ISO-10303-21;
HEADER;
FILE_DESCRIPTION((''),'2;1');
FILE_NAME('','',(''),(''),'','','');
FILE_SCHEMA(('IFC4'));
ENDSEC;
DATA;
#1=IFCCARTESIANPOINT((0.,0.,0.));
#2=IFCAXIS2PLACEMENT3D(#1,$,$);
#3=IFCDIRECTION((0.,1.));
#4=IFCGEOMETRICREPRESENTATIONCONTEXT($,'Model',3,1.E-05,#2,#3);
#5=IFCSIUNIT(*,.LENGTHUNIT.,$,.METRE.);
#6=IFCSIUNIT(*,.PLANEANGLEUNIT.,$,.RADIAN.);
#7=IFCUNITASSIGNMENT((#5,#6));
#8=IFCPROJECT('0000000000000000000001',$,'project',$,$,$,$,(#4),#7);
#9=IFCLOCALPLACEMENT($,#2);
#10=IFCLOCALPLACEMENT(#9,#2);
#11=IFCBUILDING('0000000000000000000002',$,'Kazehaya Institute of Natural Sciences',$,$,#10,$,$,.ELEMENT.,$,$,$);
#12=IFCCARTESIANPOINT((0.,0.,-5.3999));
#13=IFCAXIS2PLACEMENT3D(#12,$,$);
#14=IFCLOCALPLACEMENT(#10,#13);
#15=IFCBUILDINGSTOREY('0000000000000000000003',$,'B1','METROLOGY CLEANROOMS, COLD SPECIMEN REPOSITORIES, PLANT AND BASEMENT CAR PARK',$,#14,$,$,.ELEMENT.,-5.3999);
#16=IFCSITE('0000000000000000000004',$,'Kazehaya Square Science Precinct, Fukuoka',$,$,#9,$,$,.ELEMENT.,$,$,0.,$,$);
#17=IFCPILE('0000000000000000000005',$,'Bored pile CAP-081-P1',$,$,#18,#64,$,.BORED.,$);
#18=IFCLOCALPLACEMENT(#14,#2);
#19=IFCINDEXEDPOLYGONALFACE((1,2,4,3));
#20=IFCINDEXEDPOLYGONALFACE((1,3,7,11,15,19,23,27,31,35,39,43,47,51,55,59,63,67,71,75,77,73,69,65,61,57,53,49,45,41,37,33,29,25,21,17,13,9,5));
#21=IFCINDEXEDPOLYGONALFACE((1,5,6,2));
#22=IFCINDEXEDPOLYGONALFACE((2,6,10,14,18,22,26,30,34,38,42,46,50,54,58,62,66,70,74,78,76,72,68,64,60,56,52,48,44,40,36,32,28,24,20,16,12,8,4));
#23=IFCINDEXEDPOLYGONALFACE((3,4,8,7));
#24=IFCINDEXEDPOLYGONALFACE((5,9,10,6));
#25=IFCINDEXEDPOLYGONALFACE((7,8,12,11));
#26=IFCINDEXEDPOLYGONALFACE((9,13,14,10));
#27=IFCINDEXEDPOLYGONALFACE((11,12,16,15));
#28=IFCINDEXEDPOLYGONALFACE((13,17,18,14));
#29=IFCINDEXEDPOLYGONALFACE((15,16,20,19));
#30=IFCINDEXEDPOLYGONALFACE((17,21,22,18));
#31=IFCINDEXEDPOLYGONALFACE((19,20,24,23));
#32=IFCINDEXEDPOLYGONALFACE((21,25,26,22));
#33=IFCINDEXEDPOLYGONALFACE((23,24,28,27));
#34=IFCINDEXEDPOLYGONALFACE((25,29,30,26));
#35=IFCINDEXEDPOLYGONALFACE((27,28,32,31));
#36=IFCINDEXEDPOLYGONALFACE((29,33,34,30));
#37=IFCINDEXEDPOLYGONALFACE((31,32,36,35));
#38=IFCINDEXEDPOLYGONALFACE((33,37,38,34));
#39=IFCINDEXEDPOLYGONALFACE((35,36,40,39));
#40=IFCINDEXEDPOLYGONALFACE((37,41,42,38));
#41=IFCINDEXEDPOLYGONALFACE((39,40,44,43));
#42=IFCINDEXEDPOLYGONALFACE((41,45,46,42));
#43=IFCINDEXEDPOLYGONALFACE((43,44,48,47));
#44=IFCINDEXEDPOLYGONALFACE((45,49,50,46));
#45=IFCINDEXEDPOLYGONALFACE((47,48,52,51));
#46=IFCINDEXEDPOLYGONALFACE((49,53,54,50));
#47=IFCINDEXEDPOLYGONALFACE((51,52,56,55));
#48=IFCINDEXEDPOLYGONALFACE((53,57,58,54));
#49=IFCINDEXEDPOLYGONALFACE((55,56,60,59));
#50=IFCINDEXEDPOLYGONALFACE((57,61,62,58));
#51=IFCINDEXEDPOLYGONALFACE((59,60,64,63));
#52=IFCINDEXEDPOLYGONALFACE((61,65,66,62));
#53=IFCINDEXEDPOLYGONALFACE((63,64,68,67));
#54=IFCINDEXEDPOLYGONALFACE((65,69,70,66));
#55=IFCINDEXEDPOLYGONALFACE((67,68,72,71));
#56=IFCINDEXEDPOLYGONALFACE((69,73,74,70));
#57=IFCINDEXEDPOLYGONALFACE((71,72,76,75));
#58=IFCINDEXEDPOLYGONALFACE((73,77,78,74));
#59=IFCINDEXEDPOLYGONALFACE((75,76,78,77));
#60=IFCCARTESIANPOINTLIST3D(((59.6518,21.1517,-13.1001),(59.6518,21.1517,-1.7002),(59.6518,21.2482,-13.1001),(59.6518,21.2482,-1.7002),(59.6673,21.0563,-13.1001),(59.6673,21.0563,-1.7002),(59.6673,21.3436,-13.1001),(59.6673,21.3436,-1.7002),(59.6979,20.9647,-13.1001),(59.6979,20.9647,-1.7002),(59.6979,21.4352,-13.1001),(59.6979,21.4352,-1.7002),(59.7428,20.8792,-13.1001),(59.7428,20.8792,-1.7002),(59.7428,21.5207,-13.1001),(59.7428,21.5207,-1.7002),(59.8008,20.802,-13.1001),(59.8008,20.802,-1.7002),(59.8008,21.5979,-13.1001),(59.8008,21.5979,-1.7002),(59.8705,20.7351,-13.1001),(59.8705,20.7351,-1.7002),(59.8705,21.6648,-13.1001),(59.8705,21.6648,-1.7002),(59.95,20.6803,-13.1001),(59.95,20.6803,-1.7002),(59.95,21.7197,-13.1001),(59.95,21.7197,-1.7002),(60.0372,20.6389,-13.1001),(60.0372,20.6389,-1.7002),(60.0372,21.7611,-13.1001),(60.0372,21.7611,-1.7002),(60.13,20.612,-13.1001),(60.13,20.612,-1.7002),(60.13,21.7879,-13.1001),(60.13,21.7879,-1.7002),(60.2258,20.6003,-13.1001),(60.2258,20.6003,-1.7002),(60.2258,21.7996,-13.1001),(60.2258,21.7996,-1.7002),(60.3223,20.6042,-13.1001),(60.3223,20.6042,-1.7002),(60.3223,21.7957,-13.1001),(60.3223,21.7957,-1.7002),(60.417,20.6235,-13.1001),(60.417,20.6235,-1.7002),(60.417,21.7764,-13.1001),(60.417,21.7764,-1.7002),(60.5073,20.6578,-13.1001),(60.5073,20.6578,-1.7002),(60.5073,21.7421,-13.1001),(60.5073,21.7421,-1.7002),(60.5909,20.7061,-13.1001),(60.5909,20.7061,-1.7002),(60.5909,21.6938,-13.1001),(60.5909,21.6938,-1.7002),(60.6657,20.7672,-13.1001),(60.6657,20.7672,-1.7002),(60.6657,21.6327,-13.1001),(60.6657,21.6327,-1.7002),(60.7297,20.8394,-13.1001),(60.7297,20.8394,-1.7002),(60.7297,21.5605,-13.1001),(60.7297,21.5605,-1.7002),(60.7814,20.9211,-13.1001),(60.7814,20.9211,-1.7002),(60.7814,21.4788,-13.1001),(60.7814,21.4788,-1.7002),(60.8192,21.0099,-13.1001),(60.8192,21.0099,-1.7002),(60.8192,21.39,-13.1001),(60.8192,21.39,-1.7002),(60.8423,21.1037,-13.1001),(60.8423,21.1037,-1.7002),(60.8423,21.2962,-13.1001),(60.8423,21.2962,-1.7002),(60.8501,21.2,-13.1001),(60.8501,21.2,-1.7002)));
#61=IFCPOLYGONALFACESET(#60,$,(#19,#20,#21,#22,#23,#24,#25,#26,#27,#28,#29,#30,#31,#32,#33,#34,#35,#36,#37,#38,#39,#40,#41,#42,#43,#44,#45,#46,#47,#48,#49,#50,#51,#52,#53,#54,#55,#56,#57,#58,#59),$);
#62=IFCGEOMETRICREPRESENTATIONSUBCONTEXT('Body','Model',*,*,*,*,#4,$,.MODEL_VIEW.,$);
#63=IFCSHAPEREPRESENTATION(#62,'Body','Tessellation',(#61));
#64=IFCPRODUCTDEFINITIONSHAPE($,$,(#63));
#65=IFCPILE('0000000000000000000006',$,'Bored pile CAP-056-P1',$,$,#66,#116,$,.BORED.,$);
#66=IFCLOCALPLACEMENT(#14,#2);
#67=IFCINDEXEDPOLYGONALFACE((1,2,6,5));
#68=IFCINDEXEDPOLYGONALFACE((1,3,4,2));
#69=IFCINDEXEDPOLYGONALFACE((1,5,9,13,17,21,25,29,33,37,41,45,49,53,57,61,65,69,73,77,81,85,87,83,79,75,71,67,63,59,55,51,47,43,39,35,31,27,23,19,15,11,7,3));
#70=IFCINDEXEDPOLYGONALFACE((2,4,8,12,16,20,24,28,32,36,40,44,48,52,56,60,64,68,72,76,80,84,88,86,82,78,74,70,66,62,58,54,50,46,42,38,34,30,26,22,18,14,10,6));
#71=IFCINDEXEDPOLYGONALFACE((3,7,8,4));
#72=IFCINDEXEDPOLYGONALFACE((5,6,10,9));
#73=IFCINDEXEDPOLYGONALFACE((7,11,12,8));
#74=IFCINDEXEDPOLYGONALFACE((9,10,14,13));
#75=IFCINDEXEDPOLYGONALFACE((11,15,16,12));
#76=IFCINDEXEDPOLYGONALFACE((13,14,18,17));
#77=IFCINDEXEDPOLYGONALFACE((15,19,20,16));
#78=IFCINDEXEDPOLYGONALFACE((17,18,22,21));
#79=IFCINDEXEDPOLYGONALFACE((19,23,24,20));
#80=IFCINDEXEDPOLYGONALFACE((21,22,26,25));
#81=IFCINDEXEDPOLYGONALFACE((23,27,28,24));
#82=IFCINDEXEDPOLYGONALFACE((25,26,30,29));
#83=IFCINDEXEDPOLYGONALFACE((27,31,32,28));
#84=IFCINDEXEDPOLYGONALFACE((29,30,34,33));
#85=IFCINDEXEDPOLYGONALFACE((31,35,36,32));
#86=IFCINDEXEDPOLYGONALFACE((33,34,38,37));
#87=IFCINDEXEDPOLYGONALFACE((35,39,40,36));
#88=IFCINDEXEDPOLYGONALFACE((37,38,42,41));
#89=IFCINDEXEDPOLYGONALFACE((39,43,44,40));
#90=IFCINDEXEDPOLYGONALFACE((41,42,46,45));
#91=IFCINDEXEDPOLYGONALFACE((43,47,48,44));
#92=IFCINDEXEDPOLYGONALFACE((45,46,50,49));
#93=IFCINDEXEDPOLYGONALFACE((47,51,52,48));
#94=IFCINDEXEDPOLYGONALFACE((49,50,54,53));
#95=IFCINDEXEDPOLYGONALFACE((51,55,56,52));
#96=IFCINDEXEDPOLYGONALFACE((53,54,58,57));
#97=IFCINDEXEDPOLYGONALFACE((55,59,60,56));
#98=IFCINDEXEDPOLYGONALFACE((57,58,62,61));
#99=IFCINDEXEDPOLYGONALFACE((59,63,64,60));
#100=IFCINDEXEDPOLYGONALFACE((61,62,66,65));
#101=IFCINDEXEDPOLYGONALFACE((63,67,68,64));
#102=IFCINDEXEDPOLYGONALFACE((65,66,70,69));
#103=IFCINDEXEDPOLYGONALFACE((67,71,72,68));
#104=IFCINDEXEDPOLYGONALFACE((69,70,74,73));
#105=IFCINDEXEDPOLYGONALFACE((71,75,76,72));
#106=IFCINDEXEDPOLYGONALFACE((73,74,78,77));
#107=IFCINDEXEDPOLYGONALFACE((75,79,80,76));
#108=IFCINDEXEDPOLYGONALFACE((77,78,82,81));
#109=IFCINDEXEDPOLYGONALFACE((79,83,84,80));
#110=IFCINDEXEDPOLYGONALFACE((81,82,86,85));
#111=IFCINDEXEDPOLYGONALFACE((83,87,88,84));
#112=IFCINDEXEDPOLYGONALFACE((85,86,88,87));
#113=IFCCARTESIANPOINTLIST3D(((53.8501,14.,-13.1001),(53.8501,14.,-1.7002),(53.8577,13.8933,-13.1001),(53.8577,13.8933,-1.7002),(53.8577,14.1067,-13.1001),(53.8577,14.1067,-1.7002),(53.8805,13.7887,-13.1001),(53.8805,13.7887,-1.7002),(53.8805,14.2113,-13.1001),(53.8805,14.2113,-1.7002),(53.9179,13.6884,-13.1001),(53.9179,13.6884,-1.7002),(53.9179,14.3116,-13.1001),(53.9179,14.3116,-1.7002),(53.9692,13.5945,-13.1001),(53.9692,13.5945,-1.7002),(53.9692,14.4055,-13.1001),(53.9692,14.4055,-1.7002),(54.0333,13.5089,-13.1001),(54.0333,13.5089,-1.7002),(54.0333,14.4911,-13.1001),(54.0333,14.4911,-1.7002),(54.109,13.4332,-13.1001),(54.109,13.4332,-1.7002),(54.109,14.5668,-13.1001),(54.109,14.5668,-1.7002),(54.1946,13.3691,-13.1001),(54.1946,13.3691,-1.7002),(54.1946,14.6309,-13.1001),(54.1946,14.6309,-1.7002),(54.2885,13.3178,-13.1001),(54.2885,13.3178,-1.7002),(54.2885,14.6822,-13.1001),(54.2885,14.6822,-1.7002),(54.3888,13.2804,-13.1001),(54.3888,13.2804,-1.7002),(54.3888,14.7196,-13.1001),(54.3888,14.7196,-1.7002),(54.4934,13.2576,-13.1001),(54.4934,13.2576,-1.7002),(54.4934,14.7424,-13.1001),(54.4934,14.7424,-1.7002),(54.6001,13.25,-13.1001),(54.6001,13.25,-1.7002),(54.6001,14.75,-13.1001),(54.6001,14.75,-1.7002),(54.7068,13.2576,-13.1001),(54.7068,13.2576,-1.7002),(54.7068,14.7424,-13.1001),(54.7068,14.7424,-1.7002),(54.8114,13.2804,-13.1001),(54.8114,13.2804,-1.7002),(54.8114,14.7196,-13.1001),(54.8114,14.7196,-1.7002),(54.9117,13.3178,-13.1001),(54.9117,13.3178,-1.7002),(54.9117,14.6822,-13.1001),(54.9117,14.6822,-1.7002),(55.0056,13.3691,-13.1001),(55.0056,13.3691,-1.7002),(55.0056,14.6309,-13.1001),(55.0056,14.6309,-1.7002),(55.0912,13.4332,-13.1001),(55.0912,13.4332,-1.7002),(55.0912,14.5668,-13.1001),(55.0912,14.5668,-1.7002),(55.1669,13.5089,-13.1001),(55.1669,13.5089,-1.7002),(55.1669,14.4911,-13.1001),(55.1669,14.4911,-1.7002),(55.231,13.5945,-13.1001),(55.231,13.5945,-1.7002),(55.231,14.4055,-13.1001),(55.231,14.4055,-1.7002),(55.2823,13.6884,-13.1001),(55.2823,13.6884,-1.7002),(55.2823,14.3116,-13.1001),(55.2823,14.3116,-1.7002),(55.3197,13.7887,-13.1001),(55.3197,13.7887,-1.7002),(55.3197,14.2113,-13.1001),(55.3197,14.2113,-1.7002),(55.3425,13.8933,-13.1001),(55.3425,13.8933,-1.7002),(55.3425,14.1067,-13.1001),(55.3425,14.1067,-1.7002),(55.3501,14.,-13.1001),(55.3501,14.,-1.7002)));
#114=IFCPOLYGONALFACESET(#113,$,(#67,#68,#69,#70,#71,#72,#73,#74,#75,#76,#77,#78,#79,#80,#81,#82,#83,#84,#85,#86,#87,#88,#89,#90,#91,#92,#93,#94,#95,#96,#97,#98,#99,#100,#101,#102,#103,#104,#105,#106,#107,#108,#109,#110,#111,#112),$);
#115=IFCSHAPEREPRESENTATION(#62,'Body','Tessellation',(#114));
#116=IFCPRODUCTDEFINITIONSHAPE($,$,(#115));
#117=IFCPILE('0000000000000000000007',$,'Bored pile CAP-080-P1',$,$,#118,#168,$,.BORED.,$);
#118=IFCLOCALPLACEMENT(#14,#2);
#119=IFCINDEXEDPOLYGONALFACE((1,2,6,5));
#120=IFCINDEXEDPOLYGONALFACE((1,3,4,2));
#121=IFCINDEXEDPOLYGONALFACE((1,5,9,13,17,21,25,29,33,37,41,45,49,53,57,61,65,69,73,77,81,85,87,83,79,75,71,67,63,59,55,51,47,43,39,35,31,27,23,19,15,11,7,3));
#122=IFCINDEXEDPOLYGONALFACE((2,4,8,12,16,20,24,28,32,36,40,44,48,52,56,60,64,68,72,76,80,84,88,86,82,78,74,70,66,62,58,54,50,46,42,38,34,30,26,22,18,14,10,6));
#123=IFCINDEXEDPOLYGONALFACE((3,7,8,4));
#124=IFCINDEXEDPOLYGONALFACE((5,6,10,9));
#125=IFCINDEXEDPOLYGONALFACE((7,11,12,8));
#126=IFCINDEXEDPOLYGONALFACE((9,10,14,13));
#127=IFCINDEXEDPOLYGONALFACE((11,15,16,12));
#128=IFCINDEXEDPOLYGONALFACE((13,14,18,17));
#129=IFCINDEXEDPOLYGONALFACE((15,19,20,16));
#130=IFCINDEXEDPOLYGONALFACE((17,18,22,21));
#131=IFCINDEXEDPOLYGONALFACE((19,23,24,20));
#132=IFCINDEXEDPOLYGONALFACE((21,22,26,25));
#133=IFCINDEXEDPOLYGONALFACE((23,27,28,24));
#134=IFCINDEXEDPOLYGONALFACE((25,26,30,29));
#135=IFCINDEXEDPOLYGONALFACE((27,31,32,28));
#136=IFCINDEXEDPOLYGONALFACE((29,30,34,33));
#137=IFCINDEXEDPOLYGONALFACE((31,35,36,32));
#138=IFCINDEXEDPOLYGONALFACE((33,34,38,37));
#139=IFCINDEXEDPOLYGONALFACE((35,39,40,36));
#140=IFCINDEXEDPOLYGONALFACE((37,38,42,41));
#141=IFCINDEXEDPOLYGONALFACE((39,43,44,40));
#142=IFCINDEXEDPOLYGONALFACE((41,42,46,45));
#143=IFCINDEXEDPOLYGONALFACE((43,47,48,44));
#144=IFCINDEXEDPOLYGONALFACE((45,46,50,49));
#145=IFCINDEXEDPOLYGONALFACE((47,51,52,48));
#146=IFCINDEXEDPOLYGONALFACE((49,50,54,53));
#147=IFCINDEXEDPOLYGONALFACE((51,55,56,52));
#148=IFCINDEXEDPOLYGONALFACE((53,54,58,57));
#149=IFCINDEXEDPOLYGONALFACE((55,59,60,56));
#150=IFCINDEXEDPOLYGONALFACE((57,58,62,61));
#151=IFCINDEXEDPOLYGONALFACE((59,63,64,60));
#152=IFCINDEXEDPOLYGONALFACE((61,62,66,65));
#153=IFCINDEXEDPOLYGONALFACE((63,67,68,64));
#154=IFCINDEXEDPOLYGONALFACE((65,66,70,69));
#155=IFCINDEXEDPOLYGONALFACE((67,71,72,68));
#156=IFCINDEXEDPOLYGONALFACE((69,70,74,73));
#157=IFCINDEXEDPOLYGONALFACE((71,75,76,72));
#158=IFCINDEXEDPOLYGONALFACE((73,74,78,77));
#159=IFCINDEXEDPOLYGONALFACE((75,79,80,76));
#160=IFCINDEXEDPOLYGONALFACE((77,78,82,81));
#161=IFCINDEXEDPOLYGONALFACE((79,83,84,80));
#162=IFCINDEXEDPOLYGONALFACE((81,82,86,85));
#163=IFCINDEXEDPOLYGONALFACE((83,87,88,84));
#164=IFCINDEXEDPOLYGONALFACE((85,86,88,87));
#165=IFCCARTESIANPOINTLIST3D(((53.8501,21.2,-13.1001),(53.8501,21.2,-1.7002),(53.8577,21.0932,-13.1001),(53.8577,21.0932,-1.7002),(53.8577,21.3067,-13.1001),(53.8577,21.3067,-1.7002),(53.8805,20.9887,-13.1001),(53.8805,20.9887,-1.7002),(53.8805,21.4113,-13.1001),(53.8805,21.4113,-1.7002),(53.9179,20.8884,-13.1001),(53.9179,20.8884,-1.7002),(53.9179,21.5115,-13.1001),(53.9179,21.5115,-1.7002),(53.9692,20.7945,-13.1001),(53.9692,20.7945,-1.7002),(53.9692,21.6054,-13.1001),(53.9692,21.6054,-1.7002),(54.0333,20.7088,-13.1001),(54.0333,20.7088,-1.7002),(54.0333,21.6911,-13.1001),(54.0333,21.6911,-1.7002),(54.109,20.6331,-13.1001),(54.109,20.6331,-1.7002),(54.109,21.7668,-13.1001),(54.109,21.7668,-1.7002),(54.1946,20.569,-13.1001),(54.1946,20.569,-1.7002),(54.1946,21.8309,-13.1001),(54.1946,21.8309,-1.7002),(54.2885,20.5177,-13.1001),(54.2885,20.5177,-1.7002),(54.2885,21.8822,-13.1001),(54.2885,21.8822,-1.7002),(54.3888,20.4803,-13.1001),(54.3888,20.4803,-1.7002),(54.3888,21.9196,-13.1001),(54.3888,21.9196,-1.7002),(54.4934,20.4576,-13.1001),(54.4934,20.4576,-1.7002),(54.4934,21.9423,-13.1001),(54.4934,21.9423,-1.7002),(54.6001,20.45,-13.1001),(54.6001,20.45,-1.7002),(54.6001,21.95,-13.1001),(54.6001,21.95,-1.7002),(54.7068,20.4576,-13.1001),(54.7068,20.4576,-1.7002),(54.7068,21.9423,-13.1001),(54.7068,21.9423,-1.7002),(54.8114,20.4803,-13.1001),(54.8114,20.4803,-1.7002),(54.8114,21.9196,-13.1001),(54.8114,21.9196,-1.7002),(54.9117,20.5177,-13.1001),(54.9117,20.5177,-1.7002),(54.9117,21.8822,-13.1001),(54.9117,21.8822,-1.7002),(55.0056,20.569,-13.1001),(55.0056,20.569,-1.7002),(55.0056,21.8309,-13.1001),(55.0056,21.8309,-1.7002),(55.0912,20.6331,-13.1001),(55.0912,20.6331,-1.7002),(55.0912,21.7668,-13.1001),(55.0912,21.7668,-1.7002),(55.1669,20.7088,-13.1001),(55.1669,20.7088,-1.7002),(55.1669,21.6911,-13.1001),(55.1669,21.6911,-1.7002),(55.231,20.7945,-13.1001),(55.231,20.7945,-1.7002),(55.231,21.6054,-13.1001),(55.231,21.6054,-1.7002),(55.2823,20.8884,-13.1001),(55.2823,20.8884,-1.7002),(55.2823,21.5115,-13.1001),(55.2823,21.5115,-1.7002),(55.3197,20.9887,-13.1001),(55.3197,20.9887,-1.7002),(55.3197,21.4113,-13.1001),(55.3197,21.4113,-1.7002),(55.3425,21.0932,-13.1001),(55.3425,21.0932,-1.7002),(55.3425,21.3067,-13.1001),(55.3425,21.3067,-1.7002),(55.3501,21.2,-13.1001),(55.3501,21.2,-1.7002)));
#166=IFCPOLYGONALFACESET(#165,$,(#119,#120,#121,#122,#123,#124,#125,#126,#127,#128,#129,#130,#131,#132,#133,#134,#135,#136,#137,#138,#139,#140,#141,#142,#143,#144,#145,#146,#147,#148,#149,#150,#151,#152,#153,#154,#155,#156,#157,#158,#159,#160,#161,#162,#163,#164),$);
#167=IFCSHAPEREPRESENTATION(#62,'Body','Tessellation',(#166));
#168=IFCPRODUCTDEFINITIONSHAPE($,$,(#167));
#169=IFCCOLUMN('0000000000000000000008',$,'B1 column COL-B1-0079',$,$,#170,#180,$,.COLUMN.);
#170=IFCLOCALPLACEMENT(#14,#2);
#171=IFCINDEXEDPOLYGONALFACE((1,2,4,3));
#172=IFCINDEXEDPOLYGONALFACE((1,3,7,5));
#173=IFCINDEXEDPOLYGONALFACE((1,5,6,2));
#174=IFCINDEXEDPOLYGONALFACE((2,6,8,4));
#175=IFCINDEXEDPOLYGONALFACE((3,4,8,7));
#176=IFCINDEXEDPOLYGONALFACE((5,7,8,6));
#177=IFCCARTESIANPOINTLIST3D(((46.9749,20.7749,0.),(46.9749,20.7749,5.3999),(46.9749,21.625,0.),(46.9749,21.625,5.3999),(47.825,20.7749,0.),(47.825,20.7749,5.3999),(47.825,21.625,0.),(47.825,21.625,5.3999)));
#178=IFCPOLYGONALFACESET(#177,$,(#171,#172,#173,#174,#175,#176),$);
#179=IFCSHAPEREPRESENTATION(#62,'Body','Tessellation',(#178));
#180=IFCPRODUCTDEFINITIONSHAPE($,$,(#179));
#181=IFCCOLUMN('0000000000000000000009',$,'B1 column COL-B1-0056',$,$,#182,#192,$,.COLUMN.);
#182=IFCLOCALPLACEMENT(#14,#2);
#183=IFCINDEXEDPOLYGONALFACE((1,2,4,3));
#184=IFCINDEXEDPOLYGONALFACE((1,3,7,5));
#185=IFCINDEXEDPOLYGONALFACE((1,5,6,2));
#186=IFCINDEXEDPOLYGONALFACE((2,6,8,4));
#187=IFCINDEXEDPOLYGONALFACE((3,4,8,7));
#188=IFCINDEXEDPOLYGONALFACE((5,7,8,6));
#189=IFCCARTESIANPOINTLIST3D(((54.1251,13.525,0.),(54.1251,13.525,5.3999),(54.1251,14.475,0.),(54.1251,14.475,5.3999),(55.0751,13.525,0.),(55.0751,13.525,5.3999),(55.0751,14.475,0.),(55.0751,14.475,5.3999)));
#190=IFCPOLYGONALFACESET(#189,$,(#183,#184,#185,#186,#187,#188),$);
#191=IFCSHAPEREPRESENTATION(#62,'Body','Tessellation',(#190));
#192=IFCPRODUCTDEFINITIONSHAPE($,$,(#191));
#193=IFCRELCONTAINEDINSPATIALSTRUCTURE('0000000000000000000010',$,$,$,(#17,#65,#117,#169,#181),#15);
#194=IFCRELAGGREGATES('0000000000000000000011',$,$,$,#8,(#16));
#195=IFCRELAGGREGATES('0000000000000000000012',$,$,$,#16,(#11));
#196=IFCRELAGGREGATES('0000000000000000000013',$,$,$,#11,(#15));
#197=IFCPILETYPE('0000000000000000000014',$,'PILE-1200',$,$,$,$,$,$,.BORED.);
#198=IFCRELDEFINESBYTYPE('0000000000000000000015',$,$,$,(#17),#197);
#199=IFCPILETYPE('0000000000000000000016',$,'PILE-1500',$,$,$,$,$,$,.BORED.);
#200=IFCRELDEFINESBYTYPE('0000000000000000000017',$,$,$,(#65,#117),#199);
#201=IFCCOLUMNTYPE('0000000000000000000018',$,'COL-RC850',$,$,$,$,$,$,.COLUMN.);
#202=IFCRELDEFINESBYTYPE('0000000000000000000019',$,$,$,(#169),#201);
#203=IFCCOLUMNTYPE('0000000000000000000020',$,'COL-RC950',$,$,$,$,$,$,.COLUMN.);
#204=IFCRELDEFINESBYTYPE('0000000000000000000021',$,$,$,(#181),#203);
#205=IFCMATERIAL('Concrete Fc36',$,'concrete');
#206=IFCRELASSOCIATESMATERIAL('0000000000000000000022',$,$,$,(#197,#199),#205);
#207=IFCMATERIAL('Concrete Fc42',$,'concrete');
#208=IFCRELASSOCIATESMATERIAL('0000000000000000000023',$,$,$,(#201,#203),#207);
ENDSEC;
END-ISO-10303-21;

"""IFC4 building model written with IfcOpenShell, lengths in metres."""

from ifc_helpers import new_model, si_unit, direction, frame, origin, origin_2d, place, context, subcontext, project, spatial, rectangle, circle, extrude, material, material_profile, profile_set, type_object, element, save


model = new_model("IFC4")

# Units and contexts
model_context = context("Model", 3, precision=1e-05, world=origin(), true_north=direction((0.0, 1.0)))
body_context = subcontext(model_context, "Body", "Model", "MODEL_VIEW")
ifc_project = project(units=[si_unit("LENGTHUNIT", "METRE"), si_unit("PLANEANGLEUNIT", "RADIAN")], contexts=[model_context])

# Site, building, storey
site_placement = place(None, origin())
site = spatial("IfcSite", under=ifc_project, at=site_placement, Name="Kazehaya Square Science Precinct, Fukuoka", CompositionType="ELEMENT", RefElevation=0.0)
building_placement = place(site_placement, origin())
building = spatial("IfcBuilding", under=site, at=building_placement, Name="Kazehaya Institute of Natural Sciences", CompositionType="ELEMENT")
storey_placement = place(building_placement, frame((0.0, 0.0, -5.3999)))
storey = spatial("IfcBuildingStorey", under=building, at=storey_placement, Name="B1", Description="METROLOGY CLEANROOMS, COLD SPECIMEN REPOSITORIES, PLANT AND BASEMENT CAR PARK", CompositionType="ELEMENT", Elevation=-5.3999)

# Shared definitions
ifc_material_1 = material(Name="Concrete Fc36", Category="concrete")

# Piles
ifc_material_profile_1 = material_profile(ifc_material_1, circle(Radius=0.6001, at=origin_2d()), Name="PILE-1200")
ifc_profile_set_1 = profile_set([ifc_material_profile_1], Name="Concrete Fc36")
pile_type_1 = type_object("IfcPileType", Name="PILE-1200", PredefinedType="BORED", material=ifc_profile_set_1)
for number, where, z_axis, x_axis, name in (
    (1, (60.25, 21.2, -1.7002), (0.0, 0.0, -1.0), (1.0, 0.0, 0.0), "Bored pile CAP-081-P1"),
):
    element("IfcPile", number, at=place(storey_placement, frame(where, z_axis=z_axis, x_axis=x_axis)), inside=storey, type_object=pile_type_1, Name=name, PredefinedType="BORED", context=body_context, shape_type="SweptSolid", body=[
        extrude(circle(Radius=0.6001, at=origin_2d()), origin(), (0.0, 0.0, 1.0), 11.3999),
    ])
ifc_material_profile_2 = material_profile(ifc_material_1, circle(Radius=0.75, at=origin_2d()), Name="PILE-1500")
ifc_profile_set_2 = profile_set([ifc_material_profile_2], Name="Concrete Fc36")
pile_type_2 = type_object("IfcPileType", Name="PILE-1500", PredefinedType="BORED", material=ifc_profile_set_2)
for number, where, z_axis, x_axis, name in (
    (2, (54.6001, 14.0, -1.7002), (0.0, 0.0, -1.0), (1.0, 0.0, 0.0), "Bored pile CAP-056-P1"),
    (3, (54.6001, 21.2, -1.7002), (0.0, 0.0, -1.0), (1.0, 0.0, 0.0), "Bored pile CAP-080-P1"),
):
    element("IfcPile", number, at=place(storey_placement, frame(where, z_axis=z_axis, x_axis=x_axis)), inside=storey, type_object=pile_type_2, Name=name, PredefinedType="BORED", context=body_context, shape_type="SweptSolid", body=[
        extrude(circle(Radius=0.75, at=origin_2d()), origin(), (0.0, 0.0, 1.0), 11.3999),
    ])

# Columns
ifc_material_2 = material(Name="Concrete Fc42", Category="concrete")
ifc_material_profile_3 = material_profile(ifc_material_2, rectangle(XDim=0.8501, YDim=0.8501, at=origin_2d()), Name="RC-850x850")
ifc_profile_set_3 = profile_set([ifc_material_profile_3], Name="Concrete Fc42")
column_type_1 = type_object("IfcColumnType", Name="COL-RC850", PredefinedType="COLUMN", material=ifc_profile_set_3)
column_placement = place(storey_placement, frame((47.3999, 21.2, 0.0), z_axis=(0.0, 0.0, 1.0), x_axis=(1.0, 0.0, 0.0)))
element("IfcColumn", 4, at=column_placement, inside=storey, type_object=column_type_1, Name="B1 column COL-B1-0079", PredefinedType="COLUMN", context=body_context, shape_type="SweptSolid", body=[
    extrude(rectangle(XDim=0.8501, YDim=0.8501, at=origin_2d()), origin(), (0.0, 0.0, 1.0), 5.3999),
])
ifc_material_profile_4 = material_profile(ifc_material_2, rectangle(XDim=0.95, YDim=0.95, at=origin_2d()), Name="RC-950x950")
ifc_profile_set_4 = profile_set([ifc_material_profile_4], Name="Concrete Fc42")
column_type_2 = type_object("IfcColumnType", Name="COL-RC950", PredefinedType="COLUMN", material=ifc_profile_set_4)
for number, where, z_axis, x_axis, name in (
    (5, (54.6001, 14.0, 0.0), (0.0, 0.0, 1.0), (1.0, 0.0, 0.0), "B1 column COL-B1-0056"),
):
    element("IfcColumn", number, at=place(storey_placement, frame(where, z_axis=z_axis, x_axis=x_axis)), inside=storey, type_object=column_type_2, Name=name, PredefinedType="COLUMN", context=body_context, shape_type="SweptSolid", body=[
        extrude(rectangle(XDim=0.95, YDim=0.95, at=origin_2d()), origin(), (0.0, 0.0, 1.0), 5.3999),
    ])

save(model, "model.ifc")
